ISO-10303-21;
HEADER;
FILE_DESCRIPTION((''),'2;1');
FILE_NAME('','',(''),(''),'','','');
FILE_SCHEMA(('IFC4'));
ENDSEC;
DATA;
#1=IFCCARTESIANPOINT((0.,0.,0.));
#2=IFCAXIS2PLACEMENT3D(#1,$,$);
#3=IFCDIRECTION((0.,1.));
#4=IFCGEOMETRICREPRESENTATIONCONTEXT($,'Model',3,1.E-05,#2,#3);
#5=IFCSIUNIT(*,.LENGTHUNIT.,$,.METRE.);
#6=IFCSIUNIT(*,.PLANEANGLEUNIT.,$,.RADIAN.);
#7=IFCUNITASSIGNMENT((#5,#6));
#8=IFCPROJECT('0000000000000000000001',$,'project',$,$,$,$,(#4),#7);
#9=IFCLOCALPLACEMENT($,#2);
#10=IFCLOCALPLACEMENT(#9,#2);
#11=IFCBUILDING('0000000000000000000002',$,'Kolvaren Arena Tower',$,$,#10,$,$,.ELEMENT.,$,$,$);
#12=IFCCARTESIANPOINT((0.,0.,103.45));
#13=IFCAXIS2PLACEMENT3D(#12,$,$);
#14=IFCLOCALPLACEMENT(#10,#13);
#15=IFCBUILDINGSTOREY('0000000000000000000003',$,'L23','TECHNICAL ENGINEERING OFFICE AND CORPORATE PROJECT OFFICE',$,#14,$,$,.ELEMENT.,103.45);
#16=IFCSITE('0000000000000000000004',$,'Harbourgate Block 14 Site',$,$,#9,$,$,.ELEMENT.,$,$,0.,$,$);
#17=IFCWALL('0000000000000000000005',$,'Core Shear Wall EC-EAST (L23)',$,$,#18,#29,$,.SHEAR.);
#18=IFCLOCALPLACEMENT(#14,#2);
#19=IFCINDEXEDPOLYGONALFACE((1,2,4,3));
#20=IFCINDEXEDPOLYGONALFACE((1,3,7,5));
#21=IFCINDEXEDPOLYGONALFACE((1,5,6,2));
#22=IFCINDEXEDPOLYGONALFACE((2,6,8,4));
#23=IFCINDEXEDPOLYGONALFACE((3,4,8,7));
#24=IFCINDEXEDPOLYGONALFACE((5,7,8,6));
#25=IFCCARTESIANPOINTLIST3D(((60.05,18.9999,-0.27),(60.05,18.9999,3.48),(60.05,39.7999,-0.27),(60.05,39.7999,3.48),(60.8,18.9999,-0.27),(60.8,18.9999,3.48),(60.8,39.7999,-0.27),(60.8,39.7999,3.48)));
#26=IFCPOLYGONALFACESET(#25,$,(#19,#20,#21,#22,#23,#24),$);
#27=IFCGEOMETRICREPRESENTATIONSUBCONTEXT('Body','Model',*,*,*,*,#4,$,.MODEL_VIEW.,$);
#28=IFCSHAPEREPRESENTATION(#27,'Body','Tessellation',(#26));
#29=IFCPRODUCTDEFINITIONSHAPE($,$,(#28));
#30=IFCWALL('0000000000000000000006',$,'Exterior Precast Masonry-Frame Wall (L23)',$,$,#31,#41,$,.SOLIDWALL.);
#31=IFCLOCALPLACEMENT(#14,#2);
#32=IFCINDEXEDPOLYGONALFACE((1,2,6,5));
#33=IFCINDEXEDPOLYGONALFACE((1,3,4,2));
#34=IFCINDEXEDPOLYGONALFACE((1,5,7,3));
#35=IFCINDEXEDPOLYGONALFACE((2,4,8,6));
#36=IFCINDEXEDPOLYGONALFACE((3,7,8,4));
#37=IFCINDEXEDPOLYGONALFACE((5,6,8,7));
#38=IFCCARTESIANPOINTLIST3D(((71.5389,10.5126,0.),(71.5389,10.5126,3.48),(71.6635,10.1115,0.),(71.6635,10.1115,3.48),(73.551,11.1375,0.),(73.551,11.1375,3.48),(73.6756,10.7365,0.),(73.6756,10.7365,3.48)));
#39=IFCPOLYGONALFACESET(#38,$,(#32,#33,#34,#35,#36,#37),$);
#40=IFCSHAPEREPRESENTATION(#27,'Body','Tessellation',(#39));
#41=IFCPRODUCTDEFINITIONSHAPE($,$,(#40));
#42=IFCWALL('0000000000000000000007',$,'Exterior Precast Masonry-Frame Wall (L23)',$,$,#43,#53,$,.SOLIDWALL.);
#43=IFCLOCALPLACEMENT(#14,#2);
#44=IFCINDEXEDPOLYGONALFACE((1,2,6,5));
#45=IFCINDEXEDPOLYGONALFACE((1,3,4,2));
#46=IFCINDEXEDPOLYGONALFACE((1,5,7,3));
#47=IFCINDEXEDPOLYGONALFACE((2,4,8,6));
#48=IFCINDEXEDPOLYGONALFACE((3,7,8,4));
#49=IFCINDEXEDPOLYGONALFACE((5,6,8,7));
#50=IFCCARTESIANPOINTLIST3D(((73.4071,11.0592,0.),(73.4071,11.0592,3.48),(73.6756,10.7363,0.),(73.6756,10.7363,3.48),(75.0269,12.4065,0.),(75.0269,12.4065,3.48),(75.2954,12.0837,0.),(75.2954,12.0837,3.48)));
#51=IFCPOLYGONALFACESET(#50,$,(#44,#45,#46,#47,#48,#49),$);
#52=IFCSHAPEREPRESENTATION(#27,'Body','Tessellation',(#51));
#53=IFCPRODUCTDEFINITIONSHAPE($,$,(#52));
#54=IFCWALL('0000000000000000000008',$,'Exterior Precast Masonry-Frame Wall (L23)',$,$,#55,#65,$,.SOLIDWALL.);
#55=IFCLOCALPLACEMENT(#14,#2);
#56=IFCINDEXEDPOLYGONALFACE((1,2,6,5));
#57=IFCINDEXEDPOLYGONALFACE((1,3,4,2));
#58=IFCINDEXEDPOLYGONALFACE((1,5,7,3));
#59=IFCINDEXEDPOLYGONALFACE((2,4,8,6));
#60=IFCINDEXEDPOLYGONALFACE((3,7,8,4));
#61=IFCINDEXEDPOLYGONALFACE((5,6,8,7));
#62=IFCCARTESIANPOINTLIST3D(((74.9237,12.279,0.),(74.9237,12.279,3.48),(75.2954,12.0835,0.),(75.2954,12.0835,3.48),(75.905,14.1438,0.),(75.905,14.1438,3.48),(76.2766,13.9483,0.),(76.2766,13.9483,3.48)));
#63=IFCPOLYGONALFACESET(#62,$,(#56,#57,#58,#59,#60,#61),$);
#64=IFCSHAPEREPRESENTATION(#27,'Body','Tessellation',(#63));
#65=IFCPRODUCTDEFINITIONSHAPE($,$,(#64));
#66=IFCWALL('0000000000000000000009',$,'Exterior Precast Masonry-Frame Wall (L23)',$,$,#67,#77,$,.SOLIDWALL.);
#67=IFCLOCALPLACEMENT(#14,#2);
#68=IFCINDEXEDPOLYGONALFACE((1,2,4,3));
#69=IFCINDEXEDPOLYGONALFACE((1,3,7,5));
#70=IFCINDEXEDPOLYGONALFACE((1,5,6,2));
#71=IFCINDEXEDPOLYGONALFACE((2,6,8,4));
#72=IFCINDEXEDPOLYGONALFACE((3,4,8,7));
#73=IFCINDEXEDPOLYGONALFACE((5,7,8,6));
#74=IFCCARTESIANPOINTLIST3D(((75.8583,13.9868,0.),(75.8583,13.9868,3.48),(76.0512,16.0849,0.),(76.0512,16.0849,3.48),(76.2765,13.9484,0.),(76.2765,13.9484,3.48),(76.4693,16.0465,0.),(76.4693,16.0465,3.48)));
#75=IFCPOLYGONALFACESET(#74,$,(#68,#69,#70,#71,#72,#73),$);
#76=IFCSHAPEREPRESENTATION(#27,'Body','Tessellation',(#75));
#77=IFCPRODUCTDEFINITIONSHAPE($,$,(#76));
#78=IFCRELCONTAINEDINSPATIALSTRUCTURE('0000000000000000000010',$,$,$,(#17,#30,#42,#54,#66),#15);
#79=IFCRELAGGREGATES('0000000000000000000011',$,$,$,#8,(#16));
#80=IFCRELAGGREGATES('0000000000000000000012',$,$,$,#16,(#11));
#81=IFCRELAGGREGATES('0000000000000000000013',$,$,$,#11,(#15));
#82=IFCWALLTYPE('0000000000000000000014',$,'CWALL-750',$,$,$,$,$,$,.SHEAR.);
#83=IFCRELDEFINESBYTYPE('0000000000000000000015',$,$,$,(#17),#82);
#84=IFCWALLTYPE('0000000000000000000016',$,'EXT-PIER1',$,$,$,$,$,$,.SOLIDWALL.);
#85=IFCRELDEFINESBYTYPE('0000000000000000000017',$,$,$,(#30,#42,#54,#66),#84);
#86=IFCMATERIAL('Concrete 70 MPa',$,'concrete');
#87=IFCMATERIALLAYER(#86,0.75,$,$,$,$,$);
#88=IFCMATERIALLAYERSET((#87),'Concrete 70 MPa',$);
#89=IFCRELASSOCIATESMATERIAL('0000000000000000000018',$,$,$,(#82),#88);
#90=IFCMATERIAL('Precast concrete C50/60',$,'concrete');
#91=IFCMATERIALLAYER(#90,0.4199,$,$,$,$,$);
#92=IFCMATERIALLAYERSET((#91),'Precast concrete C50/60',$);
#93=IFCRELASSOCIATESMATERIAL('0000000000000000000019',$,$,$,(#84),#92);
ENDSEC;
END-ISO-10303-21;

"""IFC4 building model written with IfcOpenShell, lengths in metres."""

from ifc_helpers import new_model, si_unit, direction, frame, frame_2d, origin, place, context, subcontext, project, spatial, rectangle, extrude, material, layer, layer_set, type_object, element, save


model = new_model("IFC4")

# Units and contexts
model_context = context("Model", 3, precision=1e-05, world=origin(), true_north=direction((0.0, 1.0)))
body_context = subcontext(model_context, "Body", "Model", "MODEL_VIEW")
ifc_project = project(units=[si_unit("LENGTHUNIT", "METRE"), si_unit("PLANEANGLEUNIT", "RADIAN")], contexts=[model_context])

# Site, building, storey
site_placement = place(None, origin())
site = spatial("IfcSite", under=ifc_project, at=site_placement, Name="Harbourgate Block 14 Site", CompositionType="ELEMENT", RefElevation=0.0)
building_placement = place(site_placement, origin())
building = spatial("IfcBuilding", under=site, at=building_placement, Name="Kolvaren Arena Tower", CompositionType="ELEMENT")
storey_placement = place(building_placement, frame((0.0, 0.0, 103.45)))
storey = spatial("IfcBuildingStorey", under=building, at=storey_placement, Name="L23", Description="TECHNICAL ENGINEERING OFFICE AND CORPORATE PROJECT OFFICE", CompositionType="ELEMENT", Elevation=103.45)

# Walls
ifc_material_1 = material(Name="Concrete 70 MPa", Category="concrete")
ifc_layer_1 = layer(ifc_material_1, 0.75)
ifc_layer_set_1 = layer_set([ifc_layer_1], Name="Concrete 70 MPa")
wall_type_1 = type_object("IfcWallType", Name="CWALL-750", PredefinedType="SHEAR", material=ifc_layer_set_1)
wall_1_placement = place(storey_placement, frame((60.425, 19.0, -0.27), z_axis=(0.0, 0.0, 1.0), x_axis=(0.0, 1.0, 0.0)))
element("IfcWall", 1, at=wall_1_placement, inside=storey, type_object=wall_type_1, Name="Core Shear Wall EC-EAST (L23)", PredefinedType="SHEAR", context=body_context, shape_type="SweptSolid", body=[
    extrude(rectangle(XDim=20.8, YDim=0.75, at=frame_2d((10.3999, 0.0))), origin(), (0.0, 0.0, 1.0), 3.75),
])
ifc_material_2 = material(Name="Precast concrete C50/60", Category="concrete")
ifc_layer_2 = layer(ifc_material_2, 0.4199)
ifc_layer_set_2 = layer_set([ifc_layer_2], Name="Precast concrete C50/60")
wall_type_2 = type_object("IfcWallType", Name="EXT-PIER1", PredefinedType="SOLIDWALL", material=ifc_layer_set_2)
for number, where, z_axis, x_axis, name in (
    (2, (73.6133, 10.937, 0.0), (0.0, 0.0, 1.0), (-0.954994, -0.296625, 0.0), "Exterior Precast Masonry-Frame Wall (L23)"),
    (3, (75.1611, 12.2451, 0.0), (0.0, 0.0, 1.0), (-0.7688, -0.639489, 0.0), "Exterior Precast Masonry-Frame Wall (L23)"),
):
    element("IfcWall", number, at=place(storey_placement, frame(where, z_axis=z_axis, x_axis=x_axis)), inside=storey, type_object=wall_type_2, Name=name, PredefinedType="SOLIDWALL", context=body_context, shape_type="SweptSolid", body=[
        extrude(rectangle(XDim=2.1069, YDim=0.4199, at=frame_2d((1.0535, 0.0))), origin(), (0.0, 0.0, 1.0), 3.48),
    ])
wall_2_placement = place(storey_placement, frame((76.0908, 14.0461, 0.0), z_axis=(0.0, 0.0, 1.0), x_axis=(-0.465656, -0.884966, 0.0)))
element("IfcWall", 4, at=wall_2_placement, inside=storey, type_object=wall_type_2, Name="Exterior Precast Masonry-Frame Wall (L23)", PredefinedType="SOLIDWALL", context=body_context, shape_type="SweptSolid", body=[
    extrude(rectangle(XDim=2.1072, YDim=0.4199, at=frame_2d((1.0537, 0.0))), origin(), (0.0, 0.0, 1.0), 3.48),
])
wall_3_placement = place(storey_placement, frame((76.2603, 16.0657, 0.0), z_axis=(0.0, 0.0, 1.0), x_axis=(-0.091539, -0.995802, 0.0)))
element("IfcWall", 5, at=wall_3_placement, inside=storey, type_object=wall_type_2, Name="Exterior Precast Masonry-Frame Wall (L23)", PredefinedType="SOLIDWALL", context=body_context, shape_type="SweptSolid", body=[
    extrude(rectangle(XDim=2.1069, YDim=0.4199, at=frame_2d((1.0535, 0.0))), origin(), (0.0, 0.0, 1.0), 3.48),
])

save(model, "model.ifc")
